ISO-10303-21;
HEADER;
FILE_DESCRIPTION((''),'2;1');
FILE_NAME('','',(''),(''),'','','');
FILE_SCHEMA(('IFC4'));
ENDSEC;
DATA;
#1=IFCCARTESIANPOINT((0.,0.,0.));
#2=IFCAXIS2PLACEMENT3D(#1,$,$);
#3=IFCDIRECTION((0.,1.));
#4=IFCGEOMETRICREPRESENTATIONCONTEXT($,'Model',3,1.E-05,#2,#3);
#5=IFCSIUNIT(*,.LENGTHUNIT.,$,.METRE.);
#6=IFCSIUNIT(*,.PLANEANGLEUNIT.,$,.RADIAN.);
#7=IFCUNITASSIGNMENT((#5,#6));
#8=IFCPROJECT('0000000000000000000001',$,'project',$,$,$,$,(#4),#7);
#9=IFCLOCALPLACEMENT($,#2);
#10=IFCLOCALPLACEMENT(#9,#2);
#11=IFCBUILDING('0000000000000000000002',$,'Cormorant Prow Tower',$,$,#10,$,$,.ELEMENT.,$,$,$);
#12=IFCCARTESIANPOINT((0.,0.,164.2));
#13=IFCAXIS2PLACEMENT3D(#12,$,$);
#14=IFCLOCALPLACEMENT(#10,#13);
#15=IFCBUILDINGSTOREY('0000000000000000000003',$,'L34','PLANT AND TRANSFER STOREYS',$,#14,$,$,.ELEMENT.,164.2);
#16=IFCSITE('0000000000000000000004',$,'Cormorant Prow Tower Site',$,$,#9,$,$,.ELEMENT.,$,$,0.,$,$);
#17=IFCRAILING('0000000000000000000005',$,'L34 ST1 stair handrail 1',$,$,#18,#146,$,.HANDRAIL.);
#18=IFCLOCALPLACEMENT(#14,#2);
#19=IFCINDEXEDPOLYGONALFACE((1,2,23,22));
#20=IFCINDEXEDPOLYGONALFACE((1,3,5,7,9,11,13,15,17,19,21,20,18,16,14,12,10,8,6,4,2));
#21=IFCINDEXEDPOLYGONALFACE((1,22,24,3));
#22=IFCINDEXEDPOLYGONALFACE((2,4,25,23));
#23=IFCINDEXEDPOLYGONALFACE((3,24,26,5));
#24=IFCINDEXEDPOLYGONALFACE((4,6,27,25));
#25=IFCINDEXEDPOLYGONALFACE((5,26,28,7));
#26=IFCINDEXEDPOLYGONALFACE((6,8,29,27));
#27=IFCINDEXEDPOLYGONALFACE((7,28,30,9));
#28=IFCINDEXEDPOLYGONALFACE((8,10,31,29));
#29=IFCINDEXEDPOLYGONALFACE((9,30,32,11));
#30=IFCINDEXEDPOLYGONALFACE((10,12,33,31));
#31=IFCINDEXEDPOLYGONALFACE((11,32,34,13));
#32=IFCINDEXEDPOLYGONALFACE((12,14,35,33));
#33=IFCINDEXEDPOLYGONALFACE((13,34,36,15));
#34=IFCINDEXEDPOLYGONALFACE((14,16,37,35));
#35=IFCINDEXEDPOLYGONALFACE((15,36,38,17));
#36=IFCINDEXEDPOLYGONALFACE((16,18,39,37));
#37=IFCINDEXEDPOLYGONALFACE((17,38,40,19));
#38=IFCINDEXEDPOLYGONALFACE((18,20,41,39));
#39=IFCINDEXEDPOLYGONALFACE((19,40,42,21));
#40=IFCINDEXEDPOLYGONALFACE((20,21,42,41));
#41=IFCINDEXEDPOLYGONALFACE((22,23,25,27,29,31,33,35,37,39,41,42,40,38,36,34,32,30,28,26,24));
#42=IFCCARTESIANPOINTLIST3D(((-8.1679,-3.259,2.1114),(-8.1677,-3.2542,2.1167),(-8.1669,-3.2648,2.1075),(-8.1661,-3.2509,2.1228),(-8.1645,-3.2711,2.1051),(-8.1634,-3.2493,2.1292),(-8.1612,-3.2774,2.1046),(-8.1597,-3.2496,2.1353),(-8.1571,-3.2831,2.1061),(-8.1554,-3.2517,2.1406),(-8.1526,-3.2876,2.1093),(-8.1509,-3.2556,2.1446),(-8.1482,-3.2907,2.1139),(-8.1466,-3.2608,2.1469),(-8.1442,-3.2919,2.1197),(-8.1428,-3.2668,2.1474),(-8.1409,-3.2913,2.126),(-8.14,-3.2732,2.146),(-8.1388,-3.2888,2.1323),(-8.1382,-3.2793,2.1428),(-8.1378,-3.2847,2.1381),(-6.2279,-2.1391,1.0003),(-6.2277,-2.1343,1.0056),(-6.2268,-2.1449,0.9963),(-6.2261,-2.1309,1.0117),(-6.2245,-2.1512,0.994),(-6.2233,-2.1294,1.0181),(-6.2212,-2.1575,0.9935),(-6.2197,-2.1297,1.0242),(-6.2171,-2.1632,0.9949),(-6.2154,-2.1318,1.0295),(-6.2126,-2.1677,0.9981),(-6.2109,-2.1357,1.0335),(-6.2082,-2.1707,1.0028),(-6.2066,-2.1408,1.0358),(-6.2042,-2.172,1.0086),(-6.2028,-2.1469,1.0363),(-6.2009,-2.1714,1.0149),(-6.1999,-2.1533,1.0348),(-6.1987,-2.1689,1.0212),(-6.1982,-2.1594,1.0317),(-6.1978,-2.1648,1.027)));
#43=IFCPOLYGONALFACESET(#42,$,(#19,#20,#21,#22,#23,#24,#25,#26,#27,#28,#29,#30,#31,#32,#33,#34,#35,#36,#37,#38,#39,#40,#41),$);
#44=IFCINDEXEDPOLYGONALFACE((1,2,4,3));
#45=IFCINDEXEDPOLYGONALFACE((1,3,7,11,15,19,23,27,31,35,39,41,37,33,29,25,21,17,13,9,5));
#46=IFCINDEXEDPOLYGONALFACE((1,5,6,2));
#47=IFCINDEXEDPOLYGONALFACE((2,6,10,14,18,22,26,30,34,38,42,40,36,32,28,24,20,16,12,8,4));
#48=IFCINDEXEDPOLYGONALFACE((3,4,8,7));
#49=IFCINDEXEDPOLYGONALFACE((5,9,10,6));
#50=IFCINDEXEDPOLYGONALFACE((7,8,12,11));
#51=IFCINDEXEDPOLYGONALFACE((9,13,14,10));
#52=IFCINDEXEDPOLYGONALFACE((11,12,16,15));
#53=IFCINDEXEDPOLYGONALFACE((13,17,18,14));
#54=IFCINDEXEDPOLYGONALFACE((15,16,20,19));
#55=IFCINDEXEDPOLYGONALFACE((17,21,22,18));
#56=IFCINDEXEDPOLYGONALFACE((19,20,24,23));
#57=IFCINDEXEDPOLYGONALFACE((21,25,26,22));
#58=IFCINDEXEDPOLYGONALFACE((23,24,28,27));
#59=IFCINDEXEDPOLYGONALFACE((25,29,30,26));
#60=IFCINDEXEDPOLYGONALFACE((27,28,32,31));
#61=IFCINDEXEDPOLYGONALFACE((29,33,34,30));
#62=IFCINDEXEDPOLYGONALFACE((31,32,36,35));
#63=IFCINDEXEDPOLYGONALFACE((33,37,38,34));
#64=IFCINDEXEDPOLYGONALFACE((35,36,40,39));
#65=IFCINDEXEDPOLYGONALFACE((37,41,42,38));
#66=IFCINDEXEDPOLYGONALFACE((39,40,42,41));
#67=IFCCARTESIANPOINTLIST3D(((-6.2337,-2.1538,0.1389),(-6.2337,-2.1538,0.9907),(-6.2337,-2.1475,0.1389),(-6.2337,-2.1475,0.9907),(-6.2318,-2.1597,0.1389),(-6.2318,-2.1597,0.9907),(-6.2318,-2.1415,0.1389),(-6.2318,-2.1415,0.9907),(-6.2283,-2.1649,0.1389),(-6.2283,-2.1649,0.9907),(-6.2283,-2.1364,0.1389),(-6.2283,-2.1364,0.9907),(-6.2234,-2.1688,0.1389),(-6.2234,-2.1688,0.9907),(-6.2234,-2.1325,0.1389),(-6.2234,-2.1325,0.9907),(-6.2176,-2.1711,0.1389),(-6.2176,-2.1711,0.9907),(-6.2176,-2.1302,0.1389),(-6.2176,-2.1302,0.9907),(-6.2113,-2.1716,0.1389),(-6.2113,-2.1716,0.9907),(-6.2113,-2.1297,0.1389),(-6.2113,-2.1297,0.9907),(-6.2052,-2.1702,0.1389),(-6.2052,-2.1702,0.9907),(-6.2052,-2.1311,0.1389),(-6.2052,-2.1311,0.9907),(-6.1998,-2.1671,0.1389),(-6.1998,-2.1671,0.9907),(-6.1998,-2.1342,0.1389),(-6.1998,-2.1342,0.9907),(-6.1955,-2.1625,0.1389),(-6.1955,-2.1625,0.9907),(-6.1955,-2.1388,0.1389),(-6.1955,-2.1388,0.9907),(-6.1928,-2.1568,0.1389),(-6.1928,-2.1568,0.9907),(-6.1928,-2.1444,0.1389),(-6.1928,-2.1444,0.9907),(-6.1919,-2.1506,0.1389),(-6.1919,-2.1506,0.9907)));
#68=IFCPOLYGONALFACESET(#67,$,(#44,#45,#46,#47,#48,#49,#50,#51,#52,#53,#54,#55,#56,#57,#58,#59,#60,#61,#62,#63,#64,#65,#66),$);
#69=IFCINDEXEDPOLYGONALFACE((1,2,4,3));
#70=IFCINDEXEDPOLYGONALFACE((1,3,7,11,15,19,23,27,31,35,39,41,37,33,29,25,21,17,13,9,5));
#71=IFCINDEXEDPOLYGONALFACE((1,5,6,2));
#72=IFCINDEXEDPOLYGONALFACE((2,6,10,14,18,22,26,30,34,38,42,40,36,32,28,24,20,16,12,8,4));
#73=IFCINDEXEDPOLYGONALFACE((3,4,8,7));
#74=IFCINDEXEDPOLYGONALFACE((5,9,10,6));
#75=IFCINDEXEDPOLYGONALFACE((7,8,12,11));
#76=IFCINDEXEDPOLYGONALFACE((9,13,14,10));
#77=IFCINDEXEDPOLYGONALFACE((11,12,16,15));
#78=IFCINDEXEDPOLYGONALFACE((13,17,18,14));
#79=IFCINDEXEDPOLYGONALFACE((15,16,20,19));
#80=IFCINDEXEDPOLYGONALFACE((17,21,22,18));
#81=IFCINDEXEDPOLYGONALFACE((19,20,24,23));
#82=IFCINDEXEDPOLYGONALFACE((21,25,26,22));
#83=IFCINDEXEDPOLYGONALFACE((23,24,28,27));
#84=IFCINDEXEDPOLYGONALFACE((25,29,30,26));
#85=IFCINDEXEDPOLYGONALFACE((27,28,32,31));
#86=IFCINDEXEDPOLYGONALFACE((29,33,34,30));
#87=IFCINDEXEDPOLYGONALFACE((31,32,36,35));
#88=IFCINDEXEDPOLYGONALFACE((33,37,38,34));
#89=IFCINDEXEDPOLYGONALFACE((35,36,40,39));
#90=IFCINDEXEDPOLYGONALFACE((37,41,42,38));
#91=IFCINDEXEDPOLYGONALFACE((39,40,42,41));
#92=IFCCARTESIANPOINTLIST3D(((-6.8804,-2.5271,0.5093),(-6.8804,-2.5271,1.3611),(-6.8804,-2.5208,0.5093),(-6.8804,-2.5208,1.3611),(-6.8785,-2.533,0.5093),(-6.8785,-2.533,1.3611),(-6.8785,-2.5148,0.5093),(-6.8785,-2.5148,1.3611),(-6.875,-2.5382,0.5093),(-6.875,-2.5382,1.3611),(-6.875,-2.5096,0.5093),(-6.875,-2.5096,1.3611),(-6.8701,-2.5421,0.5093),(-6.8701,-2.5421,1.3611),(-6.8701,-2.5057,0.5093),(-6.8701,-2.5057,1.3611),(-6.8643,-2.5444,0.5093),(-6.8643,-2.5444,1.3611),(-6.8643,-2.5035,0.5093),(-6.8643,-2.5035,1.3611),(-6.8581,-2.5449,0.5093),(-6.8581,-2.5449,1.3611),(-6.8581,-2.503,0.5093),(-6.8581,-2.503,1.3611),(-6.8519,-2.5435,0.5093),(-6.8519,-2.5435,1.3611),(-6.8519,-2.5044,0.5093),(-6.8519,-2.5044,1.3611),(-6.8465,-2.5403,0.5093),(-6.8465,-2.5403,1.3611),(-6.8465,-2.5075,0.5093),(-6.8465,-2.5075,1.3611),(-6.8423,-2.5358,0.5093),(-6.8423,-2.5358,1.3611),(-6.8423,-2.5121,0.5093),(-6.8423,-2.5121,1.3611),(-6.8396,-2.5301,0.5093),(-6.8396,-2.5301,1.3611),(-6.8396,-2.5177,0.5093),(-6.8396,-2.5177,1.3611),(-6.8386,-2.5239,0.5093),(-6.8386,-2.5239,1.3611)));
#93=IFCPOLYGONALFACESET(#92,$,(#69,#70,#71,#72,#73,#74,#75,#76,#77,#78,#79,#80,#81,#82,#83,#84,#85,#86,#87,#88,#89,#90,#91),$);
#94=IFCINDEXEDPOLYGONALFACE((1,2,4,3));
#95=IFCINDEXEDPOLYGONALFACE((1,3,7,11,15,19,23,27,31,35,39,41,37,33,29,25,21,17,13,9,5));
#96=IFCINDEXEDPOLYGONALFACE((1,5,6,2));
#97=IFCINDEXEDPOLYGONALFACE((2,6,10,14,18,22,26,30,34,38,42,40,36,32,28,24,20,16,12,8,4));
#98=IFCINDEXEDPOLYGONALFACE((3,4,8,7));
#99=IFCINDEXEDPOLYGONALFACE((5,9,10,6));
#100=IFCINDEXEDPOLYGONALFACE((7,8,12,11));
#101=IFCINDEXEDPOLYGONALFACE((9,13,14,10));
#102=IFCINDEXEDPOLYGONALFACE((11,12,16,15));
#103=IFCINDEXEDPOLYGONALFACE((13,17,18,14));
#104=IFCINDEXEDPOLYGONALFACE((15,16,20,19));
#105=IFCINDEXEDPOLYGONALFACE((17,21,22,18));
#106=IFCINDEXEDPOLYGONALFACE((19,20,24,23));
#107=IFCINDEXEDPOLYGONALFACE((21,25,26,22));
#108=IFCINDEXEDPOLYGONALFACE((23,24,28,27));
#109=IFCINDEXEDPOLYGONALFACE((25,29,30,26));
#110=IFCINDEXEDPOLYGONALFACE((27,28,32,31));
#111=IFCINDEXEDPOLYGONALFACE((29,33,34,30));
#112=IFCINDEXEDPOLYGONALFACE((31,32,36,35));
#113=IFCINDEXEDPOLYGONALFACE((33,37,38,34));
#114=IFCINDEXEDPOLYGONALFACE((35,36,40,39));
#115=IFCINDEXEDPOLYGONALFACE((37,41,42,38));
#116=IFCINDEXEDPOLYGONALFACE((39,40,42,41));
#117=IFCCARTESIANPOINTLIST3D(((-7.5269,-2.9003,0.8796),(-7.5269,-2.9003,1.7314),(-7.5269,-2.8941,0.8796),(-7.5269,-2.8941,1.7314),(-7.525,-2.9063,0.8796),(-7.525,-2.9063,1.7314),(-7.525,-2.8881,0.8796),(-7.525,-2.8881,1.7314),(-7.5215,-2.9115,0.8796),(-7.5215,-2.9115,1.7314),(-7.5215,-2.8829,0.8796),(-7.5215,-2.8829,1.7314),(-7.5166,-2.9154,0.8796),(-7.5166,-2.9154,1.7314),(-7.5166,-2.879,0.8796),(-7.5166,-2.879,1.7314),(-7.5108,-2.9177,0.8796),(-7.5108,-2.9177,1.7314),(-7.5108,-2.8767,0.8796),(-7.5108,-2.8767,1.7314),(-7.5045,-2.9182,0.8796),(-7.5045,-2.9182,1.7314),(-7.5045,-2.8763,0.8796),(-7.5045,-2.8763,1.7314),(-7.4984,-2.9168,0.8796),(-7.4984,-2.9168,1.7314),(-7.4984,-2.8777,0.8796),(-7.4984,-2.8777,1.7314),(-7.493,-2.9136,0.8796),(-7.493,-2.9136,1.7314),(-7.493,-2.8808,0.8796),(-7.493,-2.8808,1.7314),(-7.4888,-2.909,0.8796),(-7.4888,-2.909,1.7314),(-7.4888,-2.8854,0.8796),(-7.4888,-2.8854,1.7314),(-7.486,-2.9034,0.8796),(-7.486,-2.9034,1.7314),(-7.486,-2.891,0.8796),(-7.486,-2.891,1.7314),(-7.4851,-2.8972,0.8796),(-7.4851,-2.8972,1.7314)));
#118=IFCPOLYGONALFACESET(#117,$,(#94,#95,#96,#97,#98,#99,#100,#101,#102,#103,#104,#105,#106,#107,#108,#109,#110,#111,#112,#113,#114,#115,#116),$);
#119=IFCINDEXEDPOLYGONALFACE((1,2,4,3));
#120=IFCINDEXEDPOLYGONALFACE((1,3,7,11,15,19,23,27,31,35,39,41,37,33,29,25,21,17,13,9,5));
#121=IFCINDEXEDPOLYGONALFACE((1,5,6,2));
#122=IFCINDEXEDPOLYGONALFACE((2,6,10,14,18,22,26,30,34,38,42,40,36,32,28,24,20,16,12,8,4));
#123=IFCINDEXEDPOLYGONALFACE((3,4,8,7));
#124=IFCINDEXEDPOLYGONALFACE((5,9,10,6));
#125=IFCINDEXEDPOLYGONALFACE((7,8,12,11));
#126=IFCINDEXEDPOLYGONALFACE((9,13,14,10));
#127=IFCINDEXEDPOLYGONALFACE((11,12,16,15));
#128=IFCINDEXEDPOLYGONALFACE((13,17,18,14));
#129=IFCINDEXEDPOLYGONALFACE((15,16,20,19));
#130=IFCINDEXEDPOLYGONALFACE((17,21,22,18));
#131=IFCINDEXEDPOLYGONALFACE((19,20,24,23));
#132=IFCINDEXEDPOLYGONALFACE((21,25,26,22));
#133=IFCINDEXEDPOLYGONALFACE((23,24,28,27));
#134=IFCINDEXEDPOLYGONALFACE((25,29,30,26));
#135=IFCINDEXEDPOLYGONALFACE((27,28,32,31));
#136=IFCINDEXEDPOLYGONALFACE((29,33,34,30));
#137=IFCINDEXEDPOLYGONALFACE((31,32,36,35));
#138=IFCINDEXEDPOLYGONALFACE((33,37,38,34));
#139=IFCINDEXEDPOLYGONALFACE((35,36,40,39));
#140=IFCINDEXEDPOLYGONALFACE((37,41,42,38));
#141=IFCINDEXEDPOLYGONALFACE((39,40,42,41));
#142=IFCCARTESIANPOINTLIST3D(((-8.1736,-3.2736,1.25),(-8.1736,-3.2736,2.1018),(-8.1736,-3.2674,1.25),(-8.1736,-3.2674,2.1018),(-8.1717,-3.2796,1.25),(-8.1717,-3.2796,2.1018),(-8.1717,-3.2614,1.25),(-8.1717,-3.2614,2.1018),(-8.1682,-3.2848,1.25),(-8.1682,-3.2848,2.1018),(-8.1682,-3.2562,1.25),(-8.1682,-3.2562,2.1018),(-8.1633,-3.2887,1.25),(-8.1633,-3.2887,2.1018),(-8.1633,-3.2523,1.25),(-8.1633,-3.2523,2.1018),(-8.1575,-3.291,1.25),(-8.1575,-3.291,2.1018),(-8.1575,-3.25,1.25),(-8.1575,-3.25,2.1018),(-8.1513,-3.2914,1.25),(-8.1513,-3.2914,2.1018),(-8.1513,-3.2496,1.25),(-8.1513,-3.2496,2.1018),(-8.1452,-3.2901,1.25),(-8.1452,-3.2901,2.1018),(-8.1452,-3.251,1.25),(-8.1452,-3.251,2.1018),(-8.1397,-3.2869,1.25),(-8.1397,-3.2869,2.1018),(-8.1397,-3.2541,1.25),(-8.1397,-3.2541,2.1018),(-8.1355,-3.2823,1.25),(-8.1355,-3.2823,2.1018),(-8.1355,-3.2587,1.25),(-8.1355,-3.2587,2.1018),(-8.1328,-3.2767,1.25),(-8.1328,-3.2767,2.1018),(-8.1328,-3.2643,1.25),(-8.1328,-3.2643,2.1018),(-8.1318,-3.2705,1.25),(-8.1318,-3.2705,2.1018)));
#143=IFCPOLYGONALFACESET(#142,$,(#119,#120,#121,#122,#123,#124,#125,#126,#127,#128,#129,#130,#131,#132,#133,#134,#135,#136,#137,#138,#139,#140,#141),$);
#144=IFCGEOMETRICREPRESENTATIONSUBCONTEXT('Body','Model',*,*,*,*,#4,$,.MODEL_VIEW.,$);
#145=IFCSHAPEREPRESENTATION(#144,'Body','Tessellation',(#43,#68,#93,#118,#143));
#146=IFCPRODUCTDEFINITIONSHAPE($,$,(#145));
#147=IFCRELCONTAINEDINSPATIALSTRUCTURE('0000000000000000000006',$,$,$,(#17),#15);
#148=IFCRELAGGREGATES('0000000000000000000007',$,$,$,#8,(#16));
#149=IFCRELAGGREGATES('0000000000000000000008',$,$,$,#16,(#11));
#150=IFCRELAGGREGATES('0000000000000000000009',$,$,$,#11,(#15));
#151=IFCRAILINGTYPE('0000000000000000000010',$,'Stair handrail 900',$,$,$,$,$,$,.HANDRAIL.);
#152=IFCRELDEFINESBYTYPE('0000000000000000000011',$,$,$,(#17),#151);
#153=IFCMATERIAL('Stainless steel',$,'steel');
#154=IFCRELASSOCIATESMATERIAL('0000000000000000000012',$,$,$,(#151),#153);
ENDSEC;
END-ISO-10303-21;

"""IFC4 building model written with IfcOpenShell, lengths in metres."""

from ifc_helpers import new_model, si_unit, direction, frame, origin, origin_2d, place, context, subcontext, project, spatial, circle, extrude, material, type_object, element, save


model = new_model("IFC4")

# Units and contexts
model_context = context("Model", 3, precision=1e-05, world=origin(), true_north=direction((0.0, 1.0)))
body_context = subcontext(model_context, "Body", "Model", "MODEL_VIEW")
ifc_project = project(units=[si_unit("LENGTHUNIT", "METRE"), si_unit("PLANEANGLEUNIT", "RADIAN")], contexts=[model_context])

# Site, building, storey
site_placement = place(None, origin())
site = spatial("IfcSite", under=ifc_project, at=site_placement, Name="Cormorant Prow Tower Site", CompositionType="ELEMENT", RefElevation=0.0)
building_placement = place(site_placement, origin())
building = spatial("IfcBuilding", under=site, at=building_placement, Name="Cormorant Prow Tower", CompositionType="ELEMENT")
storey_placement = place(building_placement, frame((0.0, 0.0, 164.2)))
storey = spatial("IfcBuildingStorey", under=building, at=storey_placement, Name="L34", Description="PLANT AND TRANSFER STOREYS", CompositionType="ELEMENT", Elevation=164.2)

# Railing
ifc_material_1 = material(Name="Stainless steel", Category="steel")
railing_type_1 = type_object("IfcRailingType", Name="Stair handrail 900", PredefinedType="HANDRAIL", material=ifc_material_1)
for number, where, name in (
    (1, (-6.2129, -2.1506, 0.1389), "L34 ST1 stair handrail 1"),
):
    element("IfcRailing", number, at=place(storey_placement, frame(where)), inside=storey, type_object=railing_type_1, Name=name, PredefinedType="HANDRAIL", context=body_context, shape_type="SweptSolid", body=[
        extrude(circle(Radius=0.0239, at=origin_2d()), frame((0.0, 0.0, 0.876), z_axis=(-0.775853, -0.447878, 0.444363), x_axis=(0.499949, -0.866055, 0.0)), (0.0, 0.0, 1.0), 2.5005),
        extrude(circle(Radius=0.021, at=origin_2d()), origin(), (0.0, 0.0, 1.0), 0.8518),
        extrude(circle(Radius=0.021, at=origin_2d()), frame((-0.6467, -0.3733, 0.3704)), (0.0, 0.0, 1.0), 0.8518),
        extrude(circle(Radius=0.021, at=origin_2d()), frame((-1.2932, -0.7466, 0.7407)), (0.0, 0.0, 1.0), 0.8518),
        extrude(circle(Radius=0.021, at=origin_2d()), frame((-1.9399, -1.1199, 1.1111)), (0.0, 0.0, 1.0), 0.8518),
    ])

save(model, "model.ifc")
